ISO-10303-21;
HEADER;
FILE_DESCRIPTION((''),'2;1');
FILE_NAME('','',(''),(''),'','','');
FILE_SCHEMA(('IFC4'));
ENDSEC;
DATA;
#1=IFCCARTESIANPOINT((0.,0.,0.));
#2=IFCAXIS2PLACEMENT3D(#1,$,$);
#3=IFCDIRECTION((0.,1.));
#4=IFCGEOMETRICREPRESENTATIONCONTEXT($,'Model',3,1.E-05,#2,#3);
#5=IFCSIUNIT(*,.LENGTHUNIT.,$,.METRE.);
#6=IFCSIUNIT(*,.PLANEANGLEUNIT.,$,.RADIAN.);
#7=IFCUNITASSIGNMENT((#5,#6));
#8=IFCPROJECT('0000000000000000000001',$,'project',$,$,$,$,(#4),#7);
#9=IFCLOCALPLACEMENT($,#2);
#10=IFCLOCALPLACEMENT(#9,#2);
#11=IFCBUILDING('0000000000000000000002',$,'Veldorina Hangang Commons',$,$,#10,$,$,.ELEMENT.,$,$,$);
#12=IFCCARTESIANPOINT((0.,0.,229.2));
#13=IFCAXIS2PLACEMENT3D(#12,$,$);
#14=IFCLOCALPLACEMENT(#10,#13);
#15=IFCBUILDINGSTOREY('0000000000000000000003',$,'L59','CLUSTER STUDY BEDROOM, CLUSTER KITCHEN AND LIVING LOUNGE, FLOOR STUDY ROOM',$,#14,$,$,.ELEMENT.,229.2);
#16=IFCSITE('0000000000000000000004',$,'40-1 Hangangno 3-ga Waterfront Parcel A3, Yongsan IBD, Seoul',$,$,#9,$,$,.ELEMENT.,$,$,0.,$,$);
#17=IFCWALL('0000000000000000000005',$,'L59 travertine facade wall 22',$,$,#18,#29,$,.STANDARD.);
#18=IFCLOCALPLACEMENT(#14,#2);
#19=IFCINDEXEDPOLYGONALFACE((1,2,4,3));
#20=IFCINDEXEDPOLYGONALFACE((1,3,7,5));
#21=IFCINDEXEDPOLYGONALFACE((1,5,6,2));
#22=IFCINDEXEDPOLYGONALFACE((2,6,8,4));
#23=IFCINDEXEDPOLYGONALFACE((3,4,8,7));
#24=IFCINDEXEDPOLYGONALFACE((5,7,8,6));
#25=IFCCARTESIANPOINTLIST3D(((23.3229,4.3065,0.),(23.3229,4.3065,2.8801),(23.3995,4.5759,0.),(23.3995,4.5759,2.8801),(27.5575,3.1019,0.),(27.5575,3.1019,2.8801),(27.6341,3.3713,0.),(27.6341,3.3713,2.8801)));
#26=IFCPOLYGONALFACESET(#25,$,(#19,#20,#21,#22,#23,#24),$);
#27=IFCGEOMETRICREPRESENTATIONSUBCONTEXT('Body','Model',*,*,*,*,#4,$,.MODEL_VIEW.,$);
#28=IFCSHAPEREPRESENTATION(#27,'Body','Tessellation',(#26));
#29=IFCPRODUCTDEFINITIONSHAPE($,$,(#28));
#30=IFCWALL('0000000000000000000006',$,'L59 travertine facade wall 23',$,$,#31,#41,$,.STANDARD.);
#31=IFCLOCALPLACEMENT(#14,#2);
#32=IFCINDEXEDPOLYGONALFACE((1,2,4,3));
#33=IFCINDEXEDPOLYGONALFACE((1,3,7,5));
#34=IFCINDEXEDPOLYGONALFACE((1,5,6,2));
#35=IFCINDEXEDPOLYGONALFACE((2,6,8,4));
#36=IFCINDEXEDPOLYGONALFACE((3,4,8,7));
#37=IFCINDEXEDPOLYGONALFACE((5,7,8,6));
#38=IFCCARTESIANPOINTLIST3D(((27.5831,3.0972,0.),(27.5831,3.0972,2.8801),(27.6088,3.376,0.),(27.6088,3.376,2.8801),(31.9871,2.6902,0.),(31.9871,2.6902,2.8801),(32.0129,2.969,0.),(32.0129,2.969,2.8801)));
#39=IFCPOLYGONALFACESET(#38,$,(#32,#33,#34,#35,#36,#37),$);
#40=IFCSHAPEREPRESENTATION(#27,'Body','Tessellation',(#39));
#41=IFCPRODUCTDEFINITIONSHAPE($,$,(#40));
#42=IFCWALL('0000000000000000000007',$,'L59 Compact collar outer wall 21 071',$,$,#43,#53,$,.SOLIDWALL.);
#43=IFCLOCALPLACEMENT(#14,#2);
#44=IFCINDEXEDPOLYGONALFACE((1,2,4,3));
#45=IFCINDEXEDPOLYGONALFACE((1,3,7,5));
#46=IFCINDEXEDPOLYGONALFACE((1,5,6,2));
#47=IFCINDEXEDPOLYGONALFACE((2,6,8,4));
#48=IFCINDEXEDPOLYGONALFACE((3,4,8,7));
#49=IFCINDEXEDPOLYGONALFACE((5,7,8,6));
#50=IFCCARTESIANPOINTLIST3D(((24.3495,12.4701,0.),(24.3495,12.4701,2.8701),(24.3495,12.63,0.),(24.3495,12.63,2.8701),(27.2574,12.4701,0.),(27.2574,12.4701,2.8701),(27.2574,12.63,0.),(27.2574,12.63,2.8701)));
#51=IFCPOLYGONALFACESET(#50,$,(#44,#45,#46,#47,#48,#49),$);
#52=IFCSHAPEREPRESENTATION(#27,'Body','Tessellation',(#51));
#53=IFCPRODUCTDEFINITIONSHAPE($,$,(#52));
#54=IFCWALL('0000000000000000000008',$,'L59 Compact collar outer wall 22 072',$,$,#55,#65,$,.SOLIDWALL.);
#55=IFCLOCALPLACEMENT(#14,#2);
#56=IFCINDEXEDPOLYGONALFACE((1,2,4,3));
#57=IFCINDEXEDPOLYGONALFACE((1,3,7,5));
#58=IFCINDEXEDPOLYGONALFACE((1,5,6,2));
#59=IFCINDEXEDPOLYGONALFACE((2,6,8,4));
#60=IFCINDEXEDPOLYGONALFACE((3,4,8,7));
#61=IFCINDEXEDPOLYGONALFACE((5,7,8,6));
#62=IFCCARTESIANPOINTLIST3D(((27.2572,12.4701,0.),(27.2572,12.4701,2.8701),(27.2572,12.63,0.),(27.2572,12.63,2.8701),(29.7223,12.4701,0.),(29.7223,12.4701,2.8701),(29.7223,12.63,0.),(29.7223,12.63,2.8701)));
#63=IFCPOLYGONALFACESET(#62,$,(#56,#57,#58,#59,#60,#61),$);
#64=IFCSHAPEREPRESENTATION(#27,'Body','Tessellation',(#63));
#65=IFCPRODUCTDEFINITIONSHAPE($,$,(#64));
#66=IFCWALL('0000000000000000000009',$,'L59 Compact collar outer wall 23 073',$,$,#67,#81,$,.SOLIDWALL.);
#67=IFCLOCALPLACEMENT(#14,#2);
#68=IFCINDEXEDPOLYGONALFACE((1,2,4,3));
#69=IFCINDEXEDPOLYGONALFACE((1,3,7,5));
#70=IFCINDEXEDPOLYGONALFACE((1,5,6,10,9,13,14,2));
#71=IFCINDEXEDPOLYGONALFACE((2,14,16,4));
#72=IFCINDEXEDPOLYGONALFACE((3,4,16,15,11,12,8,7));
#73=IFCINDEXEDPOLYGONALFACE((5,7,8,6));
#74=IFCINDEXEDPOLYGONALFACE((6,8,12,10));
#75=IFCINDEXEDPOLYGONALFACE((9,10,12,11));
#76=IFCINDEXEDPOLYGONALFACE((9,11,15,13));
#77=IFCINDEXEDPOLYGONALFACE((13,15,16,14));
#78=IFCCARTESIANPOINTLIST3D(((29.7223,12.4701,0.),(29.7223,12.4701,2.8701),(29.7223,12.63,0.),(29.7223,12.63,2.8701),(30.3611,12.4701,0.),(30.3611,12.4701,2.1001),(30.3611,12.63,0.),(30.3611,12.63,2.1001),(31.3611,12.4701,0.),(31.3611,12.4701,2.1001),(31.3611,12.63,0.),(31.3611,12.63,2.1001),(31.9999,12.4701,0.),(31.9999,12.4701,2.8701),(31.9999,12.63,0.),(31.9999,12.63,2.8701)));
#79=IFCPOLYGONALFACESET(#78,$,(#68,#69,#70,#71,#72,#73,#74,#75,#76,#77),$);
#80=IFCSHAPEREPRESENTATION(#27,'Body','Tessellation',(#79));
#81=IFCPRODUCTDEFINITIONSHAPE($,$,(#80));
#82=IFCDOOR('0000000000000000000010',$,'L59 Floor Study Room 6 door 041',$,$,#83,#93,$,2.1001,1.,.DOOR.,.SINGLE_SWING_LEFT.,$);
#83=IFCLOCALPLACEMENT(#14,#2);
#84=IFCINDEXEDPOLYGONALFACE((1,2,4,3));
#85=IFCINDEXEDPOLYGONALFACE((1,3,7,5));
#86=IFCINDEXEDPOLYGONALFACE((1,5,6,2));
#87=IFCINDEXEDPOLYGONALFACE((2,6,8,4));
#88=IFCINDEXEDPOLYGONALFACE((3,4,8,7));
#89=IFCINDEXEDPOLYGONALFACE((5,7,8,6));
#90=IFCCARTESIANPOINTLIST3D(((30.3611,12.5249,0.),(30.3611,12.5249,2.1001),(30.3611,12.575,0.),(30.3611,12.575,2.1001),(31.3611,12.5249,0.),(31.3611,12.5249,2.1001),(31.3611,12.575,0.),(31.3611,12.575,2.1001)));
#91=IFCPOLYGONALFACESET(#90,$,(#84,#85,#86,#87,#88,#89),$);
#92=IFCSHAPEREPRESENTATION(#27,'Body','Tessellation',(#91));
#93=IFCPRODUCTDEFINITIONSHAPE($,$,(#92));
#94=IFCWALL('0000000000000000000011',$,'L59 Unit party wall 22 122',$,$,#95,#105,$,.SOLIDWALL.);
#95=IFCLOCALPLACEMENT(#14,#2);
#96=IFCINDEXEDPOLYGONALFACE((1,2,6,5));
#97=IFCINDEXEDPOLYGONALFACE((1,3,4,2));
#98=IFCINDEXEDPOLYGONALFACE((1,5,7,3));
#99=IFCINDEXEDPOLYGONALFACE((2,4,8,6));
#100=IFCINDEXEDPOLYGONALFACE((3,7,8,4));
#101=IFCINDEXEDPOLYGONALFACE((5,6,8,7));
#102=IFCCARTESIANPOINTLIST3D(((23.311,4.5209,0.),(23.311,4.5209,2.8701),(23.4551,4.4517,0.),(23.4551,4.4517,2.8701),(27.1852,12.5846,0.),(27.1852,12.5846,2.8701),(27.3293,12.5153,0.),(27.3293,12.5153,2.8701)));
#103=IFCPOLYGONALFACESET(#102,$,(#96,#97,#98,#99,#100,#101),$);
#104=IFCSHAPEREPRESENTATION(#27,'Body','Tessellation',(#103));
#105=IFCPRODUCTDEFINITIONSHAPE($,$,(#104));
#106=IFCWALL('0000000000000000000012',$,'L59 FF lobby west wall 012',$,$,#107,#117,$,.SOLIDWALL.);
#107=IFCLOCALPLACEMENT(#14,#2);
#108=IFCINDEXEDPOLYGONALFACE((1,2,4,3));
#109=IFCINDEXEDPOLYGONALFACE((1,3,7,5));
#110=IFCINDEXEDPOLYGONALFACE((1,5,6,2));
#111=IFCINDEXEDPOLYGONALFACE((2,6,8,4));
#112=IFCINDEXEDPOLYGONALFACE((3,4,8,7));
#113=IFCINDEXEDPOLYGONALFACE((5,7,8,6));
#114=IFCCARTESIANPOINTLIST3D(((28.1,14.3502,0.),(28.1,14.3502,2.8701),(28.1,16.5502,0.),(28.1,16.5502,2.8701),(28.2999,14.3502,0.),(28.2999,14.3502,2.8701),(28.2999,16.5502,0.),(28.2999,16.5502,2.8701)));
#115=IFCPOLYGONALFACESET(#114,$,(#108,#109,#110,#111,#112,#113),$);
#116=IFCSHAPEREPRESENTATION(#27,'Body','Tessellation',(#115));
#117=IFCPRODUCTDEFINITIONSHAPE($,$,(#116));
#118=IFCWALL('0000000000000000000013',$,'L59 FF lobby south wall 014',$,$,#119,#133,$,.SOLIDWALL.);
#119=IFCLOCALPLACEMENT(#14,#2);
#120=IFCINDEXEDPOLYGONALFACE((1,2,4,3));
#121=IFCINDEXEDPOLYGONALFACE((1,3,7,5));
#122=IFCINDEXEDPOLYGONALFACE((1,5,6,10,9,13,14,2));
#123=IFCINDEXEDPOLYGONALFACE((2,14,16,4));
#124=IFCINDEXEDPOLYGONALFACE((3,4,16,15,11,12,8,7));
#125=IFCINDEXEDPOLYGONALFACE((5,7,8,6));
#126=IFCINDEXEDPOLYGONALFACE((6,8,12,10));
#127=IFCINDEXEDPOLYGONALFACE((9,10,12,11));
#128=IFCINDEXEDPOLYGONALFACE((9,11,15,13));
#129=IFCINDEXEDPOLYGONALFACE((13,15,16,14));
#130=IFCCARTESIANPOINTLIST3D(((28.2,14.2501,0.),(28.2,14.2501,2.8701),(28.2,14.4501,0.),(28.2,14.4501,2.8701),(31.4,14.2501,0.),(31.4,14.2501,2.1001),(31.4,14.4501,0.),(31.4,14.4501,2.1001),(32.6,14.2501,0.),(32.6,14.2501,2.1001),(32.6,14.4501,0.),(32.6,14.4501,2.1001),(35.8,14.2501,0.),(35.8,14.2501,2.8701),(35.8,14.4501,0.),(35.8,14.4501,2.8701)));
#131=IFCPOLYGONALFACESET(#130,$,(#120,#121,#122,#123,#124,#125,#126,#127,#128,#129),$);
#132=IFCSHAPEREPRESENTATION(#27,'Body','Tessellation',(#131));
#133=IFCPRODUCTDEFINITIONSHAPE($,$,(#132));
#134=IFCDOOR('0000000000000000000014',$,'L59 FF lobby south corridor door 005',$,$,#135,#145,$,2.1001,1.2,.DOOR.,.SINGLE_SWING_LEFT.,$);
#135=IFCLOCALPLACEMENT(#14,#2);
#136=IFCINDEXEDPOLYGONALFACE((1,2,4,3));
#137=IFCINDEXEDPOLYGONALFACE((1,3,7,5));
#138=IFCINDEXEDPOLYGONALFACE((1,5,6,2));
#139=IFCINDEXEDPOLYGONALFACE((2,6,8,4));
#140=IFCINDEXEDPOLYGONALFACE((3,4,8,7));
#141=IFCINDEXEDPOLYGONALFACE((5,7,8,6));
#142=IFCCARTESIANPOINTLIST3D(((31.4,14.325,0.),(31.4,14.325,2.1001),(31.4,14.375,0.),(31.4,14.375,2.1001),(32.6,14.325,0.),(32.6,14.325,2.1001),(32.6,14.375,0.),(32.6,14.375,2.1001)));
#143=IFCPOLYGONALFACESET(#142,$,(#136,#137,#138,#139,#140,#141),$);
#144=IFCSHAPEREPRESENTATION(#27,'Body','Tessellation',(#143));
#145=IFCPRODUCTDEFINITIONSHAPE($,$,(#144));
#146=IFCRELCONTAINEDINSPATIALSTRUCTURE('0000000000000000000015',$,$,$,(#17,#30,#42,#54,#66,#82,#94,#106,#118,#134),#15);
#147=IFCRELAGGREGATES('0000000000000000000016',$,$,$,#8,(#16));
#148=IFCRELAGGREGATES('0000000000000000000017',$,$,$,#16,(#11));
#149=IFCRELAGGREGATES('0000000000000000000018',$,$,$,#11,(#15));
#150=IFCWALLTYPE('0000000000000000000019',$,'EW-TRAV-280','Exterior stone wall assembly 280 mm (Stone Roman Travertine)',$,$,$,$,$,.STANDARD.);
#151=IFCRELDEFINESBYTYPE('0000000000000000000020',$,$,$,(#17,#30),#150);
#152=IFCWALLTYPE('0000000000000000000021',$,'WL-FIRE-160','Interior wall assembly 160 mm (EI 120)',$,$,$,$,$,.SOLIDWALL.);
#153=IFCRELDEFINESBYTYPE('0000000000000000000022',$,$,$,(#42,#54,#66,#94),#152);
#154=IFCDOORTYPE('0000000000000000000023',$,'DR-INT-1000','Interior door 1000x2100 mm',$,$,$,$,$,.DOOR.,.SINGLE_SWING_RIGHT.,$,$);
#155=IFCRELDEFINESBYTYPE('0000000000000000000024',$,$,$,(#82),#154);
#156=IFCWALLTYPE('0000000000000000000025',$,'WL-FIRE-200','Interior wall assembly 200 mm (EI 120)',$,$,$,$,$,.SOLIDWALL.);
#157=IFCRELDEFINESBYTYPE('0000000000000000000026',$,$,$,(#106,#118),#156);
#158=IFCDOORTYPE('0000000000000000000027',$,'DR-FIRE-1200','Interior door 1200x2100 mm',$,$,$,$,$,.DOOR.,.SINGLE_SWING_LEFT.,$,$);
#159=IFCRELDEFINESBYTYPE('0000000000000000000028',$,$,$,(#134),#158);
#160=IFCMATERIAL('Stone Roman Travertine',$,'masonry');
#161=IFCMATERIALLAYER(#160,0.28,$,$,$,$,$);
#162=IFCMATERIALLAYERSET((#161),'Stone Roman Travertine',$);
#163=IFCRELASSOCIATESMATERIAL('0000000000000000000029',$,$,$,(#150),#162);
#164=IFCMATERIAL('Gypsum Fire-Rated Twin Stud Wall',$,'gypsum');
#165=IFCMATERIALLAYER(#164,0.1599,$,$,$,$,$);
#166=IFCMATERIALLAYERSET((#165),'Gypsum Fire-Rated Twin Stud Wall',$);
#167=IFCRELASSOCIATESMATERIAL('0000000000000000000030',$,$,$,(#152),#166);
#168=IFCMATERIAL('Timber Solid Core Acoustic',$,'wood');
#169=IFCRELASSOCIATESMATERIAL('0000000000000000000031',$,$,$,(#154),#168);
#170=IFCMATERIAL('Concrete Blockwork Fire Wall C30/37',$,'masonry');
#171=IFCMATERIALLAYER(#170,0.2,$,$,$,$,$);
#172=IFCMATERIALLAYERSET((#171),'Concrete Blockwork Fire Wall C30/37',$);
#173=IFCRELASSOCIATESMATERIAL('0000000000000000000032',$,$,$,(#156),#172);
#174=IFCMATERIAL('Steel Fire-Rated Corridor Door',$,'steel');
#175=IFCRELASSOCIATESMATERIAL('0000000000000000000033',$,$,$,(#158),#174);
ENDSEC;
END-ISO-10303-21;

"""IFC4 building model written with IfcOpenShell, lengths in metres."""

from ifc_helpers import new_model, si_unit, direction, frame, frame_2d, origin, place, context, subcontext, project, spatial, rectangle, extrude, material, layer, layer_set, type_object, element, fill, save


model = new_model("IFC4")

# Units and contexts
model_context = context("Model", 3, precision=1e-05, world=origin(), true_north=direction((0.0, 1.0)))
body_context = subcontext(model_context, "Body", "Model", "MODEL_VIEW")
ifc_project = project(units=[si_unit("LENGTHUNIT", "METRE"), si_unit("PLANEANGLEUNIT", "RADIAN")], contexts=[model_context])

# Site, building, storey
site_placement = place(None, origin())
site = spatial("IfcSite", under=ifc_project, at=site_placement, Name="40-1 Hangangno 3-ga Waterfront Parcel A3, Yongsan IBD, Seoul", CompositionType="ELEMENT", RefElevation=0.0)
building_placement = place(site_placement, origin())
building = spatial("IfcBuilding", under=site, at=building_placement, Name="Veldorina Hangang Commons", CompositionType="ELEMENT")
storey_placement = place(building_placement, frame((0.0, 0.0, 229.2)))
storey = spatial("IfcBuildingStorey", under=building, at=storey_placement, Name="L59", Description="CLUSTER STUDY BEDROOM, CLUSTER KITCHEN AND LIVING LOUNGE, FLOOR STUDY ROOM", CompositionType="ELEMENT", Elevation=229.2)

# Walls
ifc_material_1 = material(Name="Stone Roman Travertine", Category="masonry")
ifc_layer_1 = layer(ifc_material_1, 0.28)
ifc_layer_set_1 = layer_set([ifc_layer_1], Name="Stone Roman Travertine")
wall_type_1 = type_object("IfcWallType", Name="EW-TRAV-280", Description="Exterior stone wall assembly 280 mm (Stone Roman Travertine)", PredefinedType="STANDARD", material=ifc_layer_set_1)
wall_1_placement = place(storey_placement, frame((23.3613, 4.4412, 0.0), z_axis=(0.0, 0.0, 1.0), x_axis=(0.961841, -0.273608, 0.0)))
element("IfcWall", 1, at=wall_1_placement, inside=storey, type_object=wall_type_1, Name="L59 travertine facade wall 22", PredefinedType="STANDARD", context=body_context, shape_type="SweptSolid", body=[
    extrude(rectangle(XDim=4.4026, YDim=0.28, at=frame_2d((2.2012, 0.0))), origin(), (0.0, 0.0, 1.0), 2.8801),
])
wall_2_placement = place(storey_placement, frame((27.5959, 3.2366, 0.0), z_axis=(0.0, 0.0, 1.0), x_axis=(0.995757, -0.092019, 0.0)))
element("IfcWall", 2, at=wall_2_placement, inside=storey, type_object=wall_type_1, Name="L59 travertine facade wall 23", PredefinedType="STANDARD", context=body_context, shape_type="SweptSolid", body=[
    extrude(rectangle(XDim=4.4229, YDim=0.28, at=frame_2d((2.2114, 0.0))), origin(), (0.0, 0.0, 1.0), 2.8801),
])
ifc_material_2 = material(Name="Gypsum Fire-Rated Twin Stud Wall", Category="gypsum")
ifc_layer_2 = layer(ifc_material_2, 0.1599)
ifc_layer_set_2 = layer_set([ifc_layer_2], Name="Gypsum Fire-Rated Twin Stud Wall")
wall_type_2 = type_object("IfcWallType", Name="WL-FIRE-160", Description="Interior wall assembly 160 mm (EI 120)", PredefinedType="SOLIDWALL", material=ifc_layer_set_2)
wall_3_placement = place(storey_placement, frame((24.3494, 12.55, 0.0), z_axis=(0.0, 0.0, 1.0), x_axis=(1.0, 0.0, 0.0)))
element("IfcWall", 3, at=wall_3_placement, inside=storey, type_object=wall_type_2, Name="L59 Compact collar outer wall 21 071", PredefinedType="SOLIDWALL", context=body_context, shape_type="SweptSolid", body=[
    extrude(rectangle(XDim=2.908, YDim=0.1599, at=frame_2d((1.4541, 0.0))), origin(), (0.0, 0.0, 1.0), 2.8701),
])
wall_4_placement = place(storey_placement, frame((27.2573, 12.55, 0.0), z_axis=(0.0, 0.0, 1.0), x_axis=(1.0, 0.0, 0.0)))
element("IfcWall", 4, at=wall_4_placement, inside=storey, type_object=wall_type_2, Name="L59 Compact collar outer wall 22 072", PredefinedType="SOLIDWALL", context=body_context, shape_type="SweptSolid", body=[
    extrude(rectangle(XDim=2.4651, YDim=0.1599, at=frame_2d((1.2324, 0.0))), origin(), (0.0, 0.0, 1.0), 2.8701),
])

# Wall, opening, door
wall_5_placement = place(storey_placement, frame((29.7224, 12.55, 0.0), z_axis=(0.0, 0.0, 1.0), x_axis=(1.0, 0.0, 0.0)))
wall_5 = element("IfcWall", 5, at=wall_5_placement, inside=storey, type_object=wall_type_2, Name="L59 Compact collar outer wall 23 073", PredefinedType="SOLIDWALL", context=body_context, shape_type="SweptSolid", body=[
    extrude(rectangle(XDim=2.2776, YDim=0.1599, at=frame_2d((1.1387, 0.0))), origin(), (0.0, 0.0, 1.0), 2.8701),
])
opening_1_placement = place(wall_5_placement, frame((0.6387, 0.0, 0.0)))
opening_1 = element("IfcOpeningElement", 6, at=opening_1_placement, cuts=wall_5, PredefinedType="OPENING", context=body_context, shape_type="SweptSolid", body=[
    extrude(rectangle(XDim=1.0, YDim=2.1001, at=frame_2d((0.5, 1.05))), frame((0.0, 0.0898, 0.0), z_axis=(0.0, -1.0, 0.0), x_axis=(1.0, 0.0, 0.0)), (0.0, 0.0, 1.0), 0.1799),
])
ifc_material_3 = material(Name="Timber Solid Core Acoustic", Category="wood")
door_type_1 = type_object("IfcDoorType", Name="DR-INT-1000", Description="Interior door 1000x2100 mm", OperationType="SINGLE_SWING_RIGHT", PredefinedType="DOOR", material=ifc_material_3)
door_1_placement = place(opening_1_placement, origin())
door_1 = element("IfcDoor", 7, at=door_1_placement, inside=storey, type_object=door_type_1, Name="L59 Floor Study Room 6 door 041", OperationType="SINGLE_SWING_LEFT", OverallHeight=2.1001, OverallWidth=1.0, PredefinedType="DOOR", context=body_context, shape_type="SweptSolid", body=[
    extrude(rectangle(XDim=1.0, YDim=2.1001, at=frame_2d((0.5, 1.05))), frame((0.0, 0.0249, 0.0), z_axis=(0.0, -1.0, 0.0), x_axis=(1.0, 0.0, 0.0)), (0.0, 0.0, 1.0), 0.05),
])
fill(opening_1, door_1)

# Walls
wall_6_placement = place(storey_placement, frame((27.2573, 12.55, 0.0), z_axis=(0.0, 0.0, 1.0), x_axis=(-0.433066, -0.901362, 0.0)))
element("IfcWall", 8, at=wall_6_placement, inside=storey, type_object=wall_type_2, Name="L59 Unit party wall 22 122", PredefinedType="SOLIDWALL", context=body_context, shape_type="SweptSolid", body=[
    extrude(rectangle(XDim=8.946, YDim=0.1599, at=frame_2d((4.4731, 0.0))), origin(), (0.0, 0.0, 1.0), 2.8701),
])
ifc_material_4 = material(Name="Concrete Blockwork Fire Wall C30/37", Category="masonry")
ifc_layer_3 = layer(ifc_material_4, 0.2)
ifc_layer_set_3 = layer_set([ifc_layer_3], Name="Concrete Blockwork Fire Wall C30/37")
wall_type_3 = type_object("IfcWallType", Name="WL-FIRE-200", Description="Interior wall assembly 200 mm (EI 120)", PredefinedType="SOLIDWALL", material=ifc_layer_set_3)
wall_7_placement = place(storey_placement, frame((28.2, 14.3501, 0.0), z_axis=(0.0, 0.0, 1.0), x_axis=(0.0, 1.0, 0.0)))
element("IfcWall", 9, at=wall_7_placement, inside=storey, type_object=wall_type_3, Name="L59 FF lobby west wall 012", PredefinedType="SOLIDWALL", context=body_context, shape_type="SweptSolid", body=[
    extrude(rectangle(XDim=2.2, YDim=0.2, at=frame_2d((1.1001, 0.0))), origin(), (0.0, 0.0, 1.0), 2.8701),
])

# Wall, opening, door
wall_8_placement = place(storey_placement, frame((28.2, 14.3501, 0.0), z_axis=(0.0, 0.0, 1.0), x_axis=(1.0, 0.0, 0.0)))
wall_8 = element("IfcWall", 10, at=wall_8_placement, inside=storey, type_object=wall_type_3, Name="L59 FF lobby south wall 014", PredefinedType="SOLIDWALL", context=body_context, shape_type="SweptSolid", body=[
    extrude(rectangle(XDim=7.6001, YDim=0.2, at=frame_2d((3.8, 0.0))), origin(), (0.0, 0.0, 1.0), 2.8701),
])
opening_2_placement = place(wall_8_placement, frame((3.2, 0.0, 0.0)))
opening_2 = element("IfcOpeningElement", 11, at=opening_2_placement, cuts=wall_8, PredefinedType="OPENING", context=body_context, shape_type="SweptSolid", body=[
    extrude(rectangle(XDim=1.2, YDim=2.1001, at=frame_2d((0.6001, 1.05))), frame((0.0, 0.1099, 0.0), z_axis=(0.0, -1.0, 0.0), x_axis=(1.0, 0.0, 0.0)), (0.0, 0.0, 1.0), 0.22),
])
ifc_material_5 = material(Name="Steel Fire-Rated Corridor Door", Category="steel")
door_type_2 = type_object("IfcDoorType", Name="DR-FIRE-1200", Description="Interior door 1200x2100 mm", OperationType="SINGLE_SWING_LEFT", PredefinedType="DOOR", material=ifc_material_5)
door_2_placement = place(opening_2_placement, origin())
door_2 = element("IfcDoor", 12, at=door_2_placement, inside=storey, type_object=door_type_2, Name="L59 FF lobby south corridor door 005", OperationType="SINGLE_SWING_LEFT", OverallHeight=2.1001, OverallWidth=1.2, PredefinedType="DOOR", context=body_context, shape_type="SweptSolid", body=[
    extrude(rectangle(XDim=1.2, YDim=2.1001, at=frame_2d((0.6001, 1.05))), frame((0.0, 0.0249, 0.0), z_axis=(0.0, -1.0, 0.0), x_axis=(1.0, 0.0, 0.0)), (0.0, 0.0, 1.0), 0.05),
])
fill(opening_2, door_2)

save(model, "model.ifc")
